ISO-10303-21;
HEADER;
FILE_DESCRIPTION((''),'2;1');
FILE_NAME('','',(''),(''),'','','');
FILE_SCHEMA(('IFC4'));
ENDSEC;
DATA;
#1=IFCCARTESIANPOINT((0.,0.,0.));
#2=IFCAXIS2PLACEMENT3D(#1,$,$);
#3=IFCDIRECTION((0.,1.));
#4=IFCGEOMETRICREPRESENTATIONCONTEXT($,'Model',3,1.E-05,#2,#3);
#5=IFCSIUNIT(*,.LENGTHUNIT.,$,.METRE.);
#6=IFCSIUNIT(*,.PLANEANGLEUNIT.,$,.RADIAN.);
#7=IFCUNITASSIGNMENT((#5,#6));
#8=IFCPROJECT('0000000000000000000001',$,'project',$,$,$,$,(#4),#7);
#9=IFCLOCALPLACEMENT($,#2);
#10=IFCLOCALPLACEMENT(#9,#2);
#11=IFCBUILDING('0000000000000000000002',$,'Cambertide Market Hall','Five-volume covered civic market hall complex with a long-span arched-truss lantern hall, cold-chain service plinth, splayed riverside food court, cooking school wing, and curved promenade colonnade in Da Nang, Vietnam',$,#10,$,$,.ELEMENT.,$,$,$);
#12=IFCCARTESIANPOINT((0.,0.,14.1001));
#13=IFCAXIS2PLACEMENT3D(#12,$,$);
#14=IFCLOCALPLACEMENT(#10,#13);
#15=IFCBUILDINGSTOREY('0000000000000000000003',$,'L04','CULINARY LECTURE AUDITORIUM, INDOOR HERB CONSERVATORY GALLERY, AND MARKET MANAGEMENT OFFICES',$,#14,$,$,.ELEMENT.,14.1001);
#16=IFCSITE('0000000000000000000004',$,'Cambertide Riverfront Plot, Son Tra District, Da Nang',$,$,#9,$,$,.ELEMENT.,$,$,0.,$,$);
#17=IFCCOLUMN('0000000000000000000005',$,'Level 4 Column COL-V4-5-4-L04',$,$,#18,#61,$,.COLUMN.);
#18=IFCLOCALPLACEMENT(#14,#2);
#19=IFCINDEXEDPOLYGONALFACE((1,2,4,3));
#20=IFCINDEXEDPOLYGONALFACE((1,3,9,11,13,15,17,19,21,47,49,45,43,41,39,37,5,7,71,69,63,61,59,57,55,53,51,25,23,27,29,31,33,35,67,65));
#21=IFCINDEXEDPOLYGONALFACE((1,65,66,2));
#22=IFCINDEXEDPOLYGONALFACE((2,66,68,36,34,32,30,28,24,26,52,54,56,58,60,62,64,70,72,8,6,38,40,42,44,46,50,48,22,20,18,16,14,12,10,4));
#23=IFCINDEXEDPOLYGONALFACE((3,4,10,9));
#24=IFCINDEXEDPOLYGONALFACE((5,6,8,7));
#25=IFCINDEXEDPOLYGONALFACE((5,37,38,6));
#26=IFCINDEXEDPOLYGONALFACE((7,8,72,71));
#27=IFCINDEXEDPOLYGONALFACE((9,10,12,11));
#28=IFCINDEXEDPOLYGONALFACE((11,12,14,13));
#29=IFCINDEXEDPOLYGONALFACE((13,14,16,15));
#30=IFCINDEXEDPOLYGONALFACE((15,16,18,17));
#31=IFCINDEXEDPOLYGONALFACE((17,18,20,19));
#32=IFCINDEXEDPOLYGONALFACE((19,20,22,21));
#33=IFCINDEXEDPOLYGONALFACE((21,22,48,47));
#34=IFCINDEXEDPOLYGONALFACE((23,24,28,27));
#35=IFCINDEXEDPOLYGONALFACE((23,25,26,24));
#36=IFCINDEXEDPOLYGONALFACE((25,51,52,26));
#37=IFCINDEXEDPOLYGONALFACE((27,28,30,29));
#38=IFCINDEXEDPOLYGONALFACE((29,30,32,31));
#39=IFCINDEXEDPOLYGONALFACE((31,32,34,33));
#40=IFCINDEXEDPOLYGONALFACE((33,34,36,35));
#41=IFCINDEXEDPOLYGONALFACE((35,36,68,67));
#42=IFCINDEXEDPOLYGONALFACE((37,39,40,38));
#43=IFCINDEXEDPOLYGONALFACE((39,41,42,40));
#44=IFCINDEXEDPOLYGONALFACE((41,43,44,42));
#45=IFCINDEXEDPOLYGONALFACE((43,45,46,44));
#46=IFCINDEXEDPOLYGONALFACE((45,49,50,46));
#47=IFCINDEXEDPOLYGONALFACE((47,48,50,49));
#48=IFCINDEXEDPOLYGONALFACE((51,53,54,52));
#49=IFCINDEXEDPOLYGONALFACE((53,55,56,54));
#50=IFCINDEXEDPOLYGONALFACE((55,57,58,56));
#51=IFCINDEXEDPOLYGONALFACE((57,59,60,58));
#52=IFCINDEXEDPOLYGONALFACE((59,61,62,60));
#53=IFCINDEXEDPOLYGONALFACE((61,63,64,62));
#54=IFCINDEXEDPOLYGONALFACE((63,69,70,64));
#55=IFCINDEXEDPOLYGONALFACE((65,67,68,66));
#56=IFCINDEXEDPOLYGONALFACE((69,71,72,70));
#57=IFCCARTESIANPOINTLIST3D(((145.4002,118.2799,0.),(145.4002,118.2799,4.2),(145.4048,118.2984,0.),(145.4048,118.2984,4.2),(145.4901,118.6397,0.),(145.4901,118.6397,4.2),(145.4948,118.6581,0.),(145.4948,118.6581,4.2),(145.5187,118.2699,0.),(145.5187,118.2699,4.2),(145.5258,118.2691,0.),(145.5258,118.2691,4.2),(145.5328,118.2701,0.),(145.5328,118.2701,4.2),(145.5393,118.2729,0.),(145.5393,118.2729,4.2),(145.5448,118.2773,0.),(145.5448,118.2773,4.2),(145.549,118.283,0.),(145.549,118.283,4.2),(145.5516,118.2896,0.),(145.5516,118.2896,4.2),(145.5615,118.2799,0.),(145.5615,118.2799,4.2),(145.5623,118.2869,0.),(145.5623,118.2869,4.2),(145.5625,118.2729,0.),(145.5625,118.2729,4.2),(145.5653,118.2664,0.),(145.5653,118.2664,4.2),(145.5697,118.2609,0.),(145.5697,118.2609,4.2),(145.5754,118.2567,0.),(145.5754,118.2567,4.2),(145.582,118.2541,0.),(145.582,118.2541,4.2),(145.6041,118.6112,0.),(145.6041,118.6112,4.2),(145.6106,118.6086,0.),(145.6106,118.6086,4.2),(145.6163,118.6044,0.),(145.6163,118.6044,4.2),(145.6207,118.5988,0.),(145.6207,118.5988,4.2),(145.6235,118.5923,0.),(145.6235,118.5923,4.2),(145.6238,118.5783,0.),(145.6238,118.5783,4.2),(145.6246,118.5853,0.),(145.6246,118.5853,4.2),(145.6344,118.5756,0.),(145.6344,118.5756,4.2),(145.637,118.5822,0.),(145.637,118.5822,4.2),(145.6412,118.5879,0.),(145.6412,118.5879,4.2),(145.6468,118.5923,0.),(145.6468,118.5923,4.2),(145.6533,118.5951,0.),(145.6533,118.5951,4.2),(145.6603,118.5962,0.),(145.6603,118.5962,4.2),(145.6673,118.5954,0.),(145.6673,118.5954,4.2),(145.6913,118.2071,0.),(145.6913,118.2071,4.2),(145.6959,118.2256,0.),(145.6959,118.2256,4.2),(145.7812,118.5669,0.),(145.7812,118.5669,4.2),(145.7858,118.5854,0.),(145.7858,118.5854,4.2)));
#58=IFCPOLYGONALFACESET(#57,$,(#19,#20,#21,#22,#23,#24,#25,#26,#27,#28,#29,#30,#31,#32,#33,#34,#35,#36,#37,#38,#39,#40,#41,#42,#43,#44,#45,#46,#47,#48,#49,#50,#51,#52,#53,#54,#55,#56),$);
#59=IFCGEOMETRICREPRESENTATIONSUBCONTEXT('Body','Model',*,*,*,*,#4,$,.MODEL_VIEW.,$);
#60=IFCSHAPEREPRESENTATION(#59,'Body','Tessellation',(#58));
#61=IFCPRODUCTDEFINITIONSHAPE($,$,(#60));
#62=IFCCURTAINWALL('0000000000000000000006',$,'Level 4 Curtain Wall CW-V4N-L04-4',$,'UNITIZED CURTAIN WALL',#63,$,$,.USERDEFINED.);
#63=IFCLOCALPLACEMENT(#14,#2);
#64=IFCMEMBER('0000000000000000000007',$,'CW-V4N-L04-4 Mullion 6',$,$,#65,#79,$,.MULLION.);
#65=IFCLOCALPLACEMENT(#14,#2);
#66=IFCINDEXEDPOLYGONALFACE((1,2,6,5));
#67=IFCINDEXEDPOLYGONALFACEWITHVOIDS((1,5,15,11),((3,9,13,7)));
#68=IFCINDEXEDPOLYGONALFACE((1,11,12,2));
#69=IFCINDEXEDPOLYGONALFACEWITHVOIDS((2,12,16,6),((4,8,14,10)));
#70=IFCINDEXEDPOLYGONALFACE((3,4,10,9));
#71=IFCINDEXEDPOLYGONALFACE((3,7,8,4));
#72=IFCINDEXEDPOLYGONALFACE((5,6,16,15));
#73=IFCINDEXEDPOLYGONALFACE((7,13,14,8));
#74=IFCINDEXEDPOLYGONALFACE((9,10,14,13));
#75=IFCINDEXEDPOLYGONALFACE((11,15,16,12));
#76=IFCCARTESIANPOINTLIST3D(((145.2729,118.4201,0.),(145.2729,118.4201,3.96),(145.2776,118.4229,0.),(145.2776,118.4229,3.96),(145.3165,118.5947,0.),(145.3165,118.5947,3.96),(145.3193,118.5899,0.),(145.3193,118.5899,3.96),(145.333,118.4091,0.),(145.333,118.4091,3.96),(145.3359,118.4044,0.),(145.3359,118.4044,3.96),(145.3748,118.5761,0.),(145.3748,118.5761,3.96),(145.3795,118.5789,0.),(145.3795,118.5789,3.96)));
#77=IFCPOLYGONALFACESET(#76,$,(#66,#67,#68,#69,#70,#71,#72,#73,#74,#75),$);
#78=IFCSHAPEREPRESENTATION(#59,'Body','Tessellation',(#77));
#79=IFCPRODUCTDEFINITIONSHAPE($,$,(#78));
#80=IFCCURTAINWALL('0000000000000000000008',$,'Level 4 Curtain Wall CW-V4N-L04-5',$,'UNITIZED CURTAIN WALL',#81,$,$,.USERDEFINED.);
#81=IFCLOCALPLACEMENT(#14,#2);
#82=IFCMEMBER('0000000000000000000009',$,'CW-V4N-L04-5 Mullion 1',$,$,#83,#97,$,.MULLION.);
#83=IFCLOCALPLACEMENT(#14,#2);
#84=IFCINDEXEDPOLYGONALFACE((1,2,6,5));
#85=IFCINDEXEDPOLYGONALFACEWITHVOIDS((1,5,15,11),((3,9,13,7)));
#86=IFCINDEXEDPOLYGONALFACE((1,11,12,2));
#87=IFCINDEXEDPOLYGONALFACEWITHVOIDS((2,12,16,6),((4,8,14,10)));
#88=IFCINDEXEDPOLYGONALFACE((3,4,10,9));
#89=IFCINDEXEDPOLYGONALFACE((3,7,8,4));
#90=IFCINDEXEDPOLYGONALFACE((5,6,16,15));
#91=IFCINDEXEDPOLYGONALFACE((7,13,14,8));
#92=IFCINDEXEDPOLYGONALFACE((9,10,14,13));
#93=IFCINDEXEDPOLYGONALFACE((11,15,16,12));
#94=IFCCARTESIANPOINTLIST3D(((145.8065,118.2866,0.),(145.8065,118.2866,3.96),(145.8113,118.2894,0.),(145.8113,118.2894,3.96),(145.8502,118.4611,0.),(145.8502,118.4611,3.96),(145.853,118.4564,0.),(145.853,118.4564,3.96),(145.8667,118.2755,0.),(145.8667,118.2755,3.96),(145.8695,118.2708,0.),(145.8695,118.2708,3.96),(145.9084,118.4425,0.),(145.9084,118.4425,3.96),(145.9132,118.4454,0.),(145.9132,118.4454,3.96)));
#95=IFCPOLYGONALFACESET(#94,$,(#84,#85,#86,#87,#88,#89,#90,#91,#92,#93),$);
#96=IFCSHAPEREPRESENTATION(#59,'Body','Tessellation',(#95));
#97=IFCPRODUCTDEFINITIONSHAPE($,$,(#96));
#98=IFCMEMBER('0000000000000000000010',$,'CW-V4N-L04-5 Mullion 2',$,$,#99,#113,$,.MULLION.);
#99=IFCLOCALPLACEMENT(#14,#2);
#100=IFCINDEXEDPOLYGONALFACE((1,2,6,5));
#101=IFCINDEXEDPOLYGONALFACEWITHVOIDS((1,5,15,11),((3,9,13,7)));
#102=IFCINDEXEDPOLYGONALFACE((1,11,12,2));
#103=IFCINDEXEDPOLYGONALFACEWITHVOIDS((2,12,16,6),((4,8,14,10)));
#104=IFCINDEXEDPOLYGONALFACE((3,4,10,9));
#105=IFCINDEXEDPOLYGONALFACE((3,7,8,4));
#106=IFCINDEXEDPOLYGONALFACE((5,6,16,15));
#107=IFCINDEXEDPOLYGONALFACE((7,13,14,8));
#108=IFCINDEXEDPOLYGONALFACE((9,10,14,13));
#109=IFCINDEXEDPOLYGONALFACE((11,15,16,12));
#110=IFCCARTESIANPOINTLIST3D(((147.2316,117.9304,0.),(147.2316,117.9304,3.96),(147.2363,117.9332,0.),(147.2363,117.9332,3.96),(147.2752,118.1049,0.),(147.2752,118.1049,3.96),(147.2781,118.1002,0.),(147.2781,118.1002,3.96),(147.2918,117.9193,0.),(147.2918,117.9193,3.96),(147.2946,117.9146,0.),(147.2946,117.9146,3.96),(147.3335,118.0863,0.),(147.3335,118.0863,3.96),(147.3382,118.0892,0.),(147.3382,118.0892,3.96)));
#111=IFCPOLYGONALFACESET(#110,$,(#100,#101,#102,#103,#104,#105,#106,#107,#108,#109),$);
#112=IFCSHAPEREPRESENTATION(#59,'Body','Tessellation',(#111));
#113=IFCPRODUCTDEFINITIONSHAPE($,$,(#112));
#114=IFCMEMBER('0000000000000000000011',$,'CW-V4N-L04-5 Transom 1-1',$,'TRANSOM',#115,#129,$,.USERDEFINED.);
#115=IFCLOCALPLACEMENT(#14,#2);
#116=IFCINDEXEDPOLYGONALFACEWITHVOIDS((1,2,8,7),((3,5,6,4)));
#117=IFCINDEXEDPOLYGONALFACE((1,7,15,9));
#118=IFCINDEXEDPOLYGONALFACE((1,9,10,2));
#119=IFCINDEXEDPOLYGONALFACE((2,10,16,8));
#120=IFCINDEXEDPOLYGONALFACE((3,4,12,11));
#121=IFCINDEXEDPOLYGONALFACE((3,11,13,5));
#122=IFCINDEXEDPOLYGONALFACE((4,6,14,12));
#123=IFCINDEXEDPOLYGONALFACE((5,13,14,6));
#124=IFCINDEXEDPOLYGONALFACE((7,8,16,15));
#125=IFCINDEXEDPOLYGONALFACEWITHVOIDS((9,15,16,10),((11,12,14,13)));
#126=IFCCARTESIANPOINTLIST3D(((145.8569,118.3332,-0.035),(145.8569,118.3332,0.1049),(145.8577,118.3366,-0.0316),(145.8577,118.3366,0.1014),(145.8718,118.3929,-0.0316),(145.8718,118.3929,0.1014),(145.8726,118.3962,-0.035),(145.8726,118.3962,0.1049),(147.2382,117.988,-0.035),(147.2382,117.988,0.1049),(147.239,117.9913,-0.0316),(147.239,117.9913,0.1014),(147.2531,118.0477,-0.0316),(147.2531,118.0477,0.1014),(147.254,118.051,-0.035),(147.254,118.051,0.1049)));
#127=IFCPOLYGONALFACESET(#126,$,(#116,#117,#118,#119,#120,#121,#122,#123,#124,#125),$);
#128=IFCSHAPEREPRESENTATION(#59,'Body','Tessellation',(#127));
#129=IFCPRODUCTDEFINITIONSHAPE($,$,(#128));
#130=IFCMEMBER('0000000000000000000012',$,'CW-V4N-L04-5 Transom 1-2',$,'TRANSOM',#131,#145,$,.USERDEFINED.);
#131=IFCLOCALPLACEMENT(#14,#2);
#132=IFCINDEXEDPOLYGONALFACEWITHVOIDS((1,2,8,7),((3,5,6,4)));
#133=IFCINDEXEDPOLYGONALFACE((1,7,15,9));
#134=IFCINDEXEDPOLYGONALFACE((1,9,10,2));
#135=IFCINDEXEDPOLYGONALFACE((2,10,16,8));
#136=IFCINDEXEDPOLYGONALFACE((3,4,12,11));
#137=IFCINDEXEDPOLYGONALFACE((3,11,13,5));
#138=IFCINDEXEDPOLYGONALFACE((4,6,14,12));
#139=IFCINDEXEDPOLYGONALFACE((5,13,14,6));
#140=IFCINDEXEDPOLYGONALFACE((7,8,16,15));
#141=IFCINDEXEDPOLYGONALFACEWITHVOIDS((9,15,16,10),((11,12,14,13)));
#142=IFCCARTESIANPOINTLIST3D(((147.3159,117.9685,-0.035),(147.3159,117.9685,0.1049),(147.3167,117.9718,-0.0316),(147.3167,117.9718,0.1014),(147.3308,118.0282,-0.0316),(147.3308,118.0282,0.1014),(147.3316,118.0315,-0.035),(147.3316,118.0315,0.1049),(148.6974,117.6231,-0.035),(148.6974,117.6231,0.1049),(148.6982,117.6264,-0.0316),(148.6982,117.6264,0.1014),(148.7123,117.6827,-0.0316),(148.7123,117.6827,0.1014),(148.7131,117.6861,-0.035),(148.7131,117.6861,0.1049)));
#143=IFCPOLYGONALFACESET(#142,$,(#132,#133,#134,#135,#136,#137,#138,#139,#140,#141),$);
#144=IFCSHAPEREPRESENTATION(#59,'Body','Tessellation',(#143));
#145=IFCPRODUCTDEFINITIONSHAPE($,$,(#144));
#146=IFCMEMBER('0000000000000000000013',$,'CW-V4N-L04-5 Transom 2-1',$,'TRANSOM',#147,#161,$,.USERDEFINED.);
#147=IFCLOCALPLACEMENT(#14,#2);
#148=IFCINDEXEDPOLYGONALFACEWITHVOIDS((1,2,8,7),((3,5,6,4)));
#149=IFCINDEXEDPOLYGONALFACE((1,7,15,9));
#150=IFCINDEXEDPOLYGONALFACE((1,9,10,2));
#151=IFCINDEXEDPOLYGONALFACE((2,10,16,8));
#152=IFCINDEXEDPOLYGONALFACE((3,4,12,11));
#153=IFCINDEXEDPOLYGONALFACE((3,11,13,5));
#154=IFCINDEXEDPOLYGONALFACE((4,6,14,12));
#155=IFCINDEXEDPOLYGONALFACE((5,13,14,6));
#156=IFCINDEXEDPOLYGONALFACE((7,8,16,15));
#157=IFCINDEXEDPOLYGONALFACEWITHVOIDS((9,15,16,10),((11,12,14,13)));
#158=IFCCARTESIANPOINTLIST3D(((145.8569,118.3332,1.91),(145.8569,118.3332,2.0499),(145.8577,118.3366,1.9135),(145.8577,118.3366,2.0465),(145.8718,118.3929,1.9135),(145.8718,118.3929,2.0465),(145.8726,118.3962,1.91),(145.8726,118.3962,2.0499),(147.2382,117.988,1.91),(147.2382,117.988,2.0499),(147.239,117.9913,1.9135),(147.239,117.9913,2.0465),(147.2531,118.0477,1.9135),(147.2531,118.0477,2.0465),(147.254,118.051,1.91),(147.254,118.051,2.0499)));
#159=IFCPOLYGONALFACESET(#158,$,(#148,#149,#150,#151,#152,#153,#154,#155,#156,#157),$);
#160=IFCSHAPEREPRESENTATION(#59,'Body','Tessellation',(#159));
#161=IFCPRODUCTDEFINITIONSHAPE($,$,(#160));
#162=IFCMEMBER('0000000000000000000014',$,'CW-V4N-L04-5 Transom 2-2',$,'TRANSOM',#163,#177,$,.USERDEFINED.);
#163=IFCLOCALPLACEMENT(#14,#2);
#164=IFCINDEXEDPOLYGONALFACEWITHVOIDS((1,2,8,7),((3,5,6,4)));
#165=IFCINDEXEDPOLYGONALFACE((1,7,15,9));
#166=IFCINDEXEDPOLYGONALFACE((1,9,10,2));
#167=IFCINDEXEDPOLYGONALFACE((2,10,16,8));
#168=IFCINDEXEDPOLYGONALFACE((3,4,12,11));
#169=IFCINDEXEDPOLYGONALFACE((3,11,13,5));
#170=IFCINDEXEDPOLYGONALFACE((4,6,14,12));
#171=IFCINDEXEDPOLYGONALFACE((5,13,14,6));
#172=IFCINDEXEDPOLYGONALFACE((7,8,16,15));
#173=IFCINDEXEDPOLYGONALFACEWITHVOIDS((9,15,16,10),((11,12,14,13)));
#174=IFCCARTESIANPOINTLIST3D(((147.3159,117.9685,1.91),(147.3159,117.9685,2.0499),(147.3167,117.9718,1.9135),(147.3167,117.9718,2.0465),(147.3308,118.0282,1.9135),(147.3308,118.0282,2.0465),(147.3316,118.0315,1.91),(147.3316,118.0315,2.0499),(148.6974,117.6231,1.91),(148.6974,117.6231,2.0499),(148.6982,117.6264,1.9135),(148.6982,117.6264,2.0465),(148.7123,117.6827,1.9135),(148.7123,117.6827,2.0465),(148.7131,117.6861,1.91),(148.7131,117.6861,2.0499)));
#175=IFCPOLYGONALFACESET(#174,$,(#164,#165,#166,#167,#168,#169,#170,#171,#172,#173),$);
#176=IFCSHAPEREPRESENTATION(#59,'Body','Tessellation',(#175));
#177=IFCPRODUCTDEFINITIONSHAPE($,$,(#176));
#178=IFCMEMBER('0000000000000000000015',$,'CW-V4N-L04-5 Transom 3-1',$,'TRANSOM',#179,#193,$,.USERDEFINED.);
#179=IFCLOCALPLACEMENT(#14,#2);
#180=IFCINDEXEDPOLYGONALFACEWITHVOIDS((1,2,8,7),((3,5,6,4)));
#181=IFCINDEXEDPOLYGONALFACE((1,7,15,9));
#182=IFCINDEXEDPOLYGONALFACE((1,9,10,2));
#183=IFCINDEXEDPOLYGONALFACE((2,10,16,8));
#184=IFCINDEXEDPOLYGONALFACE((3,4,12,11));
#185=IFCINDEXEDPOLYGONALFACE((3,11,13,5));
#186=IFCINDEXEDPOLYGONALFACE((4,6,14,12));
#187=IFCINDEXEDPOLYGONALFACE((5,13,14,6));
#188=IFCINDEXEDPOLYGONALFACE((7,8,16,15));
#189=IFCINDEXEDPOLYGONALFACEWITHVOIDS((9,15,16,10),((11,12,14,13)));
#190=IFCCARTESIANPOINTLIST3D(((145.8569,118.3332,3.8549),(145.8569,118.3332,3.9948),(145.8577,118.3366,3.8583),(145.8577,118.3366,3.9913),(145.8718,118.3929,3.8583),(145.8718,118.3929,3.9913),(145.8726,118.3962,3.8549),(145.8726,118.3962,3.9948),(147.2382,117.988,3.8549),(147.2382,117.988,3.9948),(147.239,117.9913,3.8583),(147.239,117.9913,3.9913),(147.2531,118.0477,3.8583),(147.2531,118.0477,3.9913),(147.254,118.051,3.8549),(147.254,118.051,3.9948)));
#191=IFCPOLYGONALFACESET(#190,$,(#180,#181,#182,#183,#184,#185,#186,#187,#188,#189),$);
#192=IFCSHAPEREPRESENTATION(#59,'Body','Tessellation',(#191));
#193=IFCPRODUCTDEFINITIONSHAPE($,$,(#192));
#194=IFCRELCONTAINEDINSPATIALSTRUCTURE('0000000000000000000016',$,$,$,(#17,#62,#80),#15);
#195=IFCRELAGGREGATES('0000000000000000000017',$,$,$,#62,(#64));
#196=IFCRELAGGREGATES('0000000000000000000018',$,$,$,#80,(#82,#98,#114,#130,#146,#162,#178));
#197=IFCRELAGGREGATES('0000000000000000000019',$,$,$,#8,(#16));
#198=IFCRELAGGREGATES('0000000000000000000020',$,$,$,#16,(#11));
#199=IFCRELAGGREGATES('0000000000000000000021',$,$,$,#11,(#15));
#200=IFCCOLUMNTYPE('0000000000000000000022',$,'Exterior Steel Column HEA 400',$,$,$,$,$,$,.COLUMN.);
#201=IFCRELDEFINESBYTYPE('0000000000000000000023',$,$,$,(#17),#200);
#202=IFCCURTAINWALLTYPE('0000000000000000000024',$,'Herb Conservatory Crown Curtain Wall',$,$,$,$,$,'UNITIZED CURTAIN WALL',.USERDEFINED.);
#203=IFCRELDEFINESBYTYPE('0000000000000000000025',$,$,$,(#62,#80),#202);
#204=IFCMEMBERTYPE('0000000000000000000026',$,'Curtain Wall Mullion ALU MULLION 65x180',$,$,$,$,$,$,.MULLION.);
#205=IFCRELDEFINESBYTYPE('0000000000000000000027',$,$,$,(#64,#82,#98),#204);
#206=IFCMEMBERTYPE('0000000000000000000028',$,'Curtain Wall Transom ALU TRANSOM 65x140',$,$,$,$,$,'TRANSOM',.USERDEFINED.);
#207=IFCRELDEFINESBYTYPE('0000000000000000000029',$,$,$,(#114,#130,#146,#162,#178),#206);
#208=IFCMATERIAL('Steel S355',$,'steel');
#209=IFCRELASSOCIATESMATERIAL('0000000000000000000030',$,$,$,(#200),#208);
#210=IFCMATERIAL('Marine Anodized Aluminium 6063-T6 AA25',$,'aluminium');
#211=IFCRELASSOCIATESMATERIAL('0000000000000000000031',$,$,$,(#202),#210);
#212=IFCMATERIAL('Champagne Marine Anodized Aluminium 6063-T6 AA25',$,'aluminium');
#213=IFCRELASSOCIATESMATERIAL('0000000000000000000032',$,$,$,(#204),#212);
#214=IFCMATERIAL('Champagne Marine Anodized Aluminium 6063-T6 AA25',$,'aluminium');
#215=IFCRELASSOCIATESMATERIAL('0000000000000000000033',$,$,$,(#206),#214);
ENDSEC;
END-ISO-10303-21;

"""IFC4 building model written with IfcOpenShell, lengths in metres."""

from ifc_helpers import new_model, si_unit, direction, frame, origin, origin_2d, place, context, subcontext, project, spatial, hollow_rectangle, i_section, extrude, material, material_profile, profile_set, type_object, element, aggregate, save


model = new_model("IFC4")

# Units and contexts
model_context = context("Model", 3, precision=1e-05, world=origin(), true_north=direction((0.0, 1.0)))
body_context = subcontext(model_context, "Body", "Model", "MODEL_VIEW")
ifc_project = project(units=[si_unit("LENGTHUNIT", "METRE"), si_unit("PLANEANGLEUNIT", "RADIAN")], contexts=[model_context])

# Site, building, storey
site_placement = place(None, origin())
site = spatial("IfcSite", under=ifc_project, at=site_placement, Name="Cambertide Riverfront Plot, Son Tra District, Da Nang", CompositionType="ELEMENT", RefElevation=0.0)
building_placement = place(site_placement, origin())
building = spatial("IfcBuilding", under=site, at=building_placement, Name="Cambertide Market Hall", Description="Five-volume covered civic market hall complex with a long-span arched-truss lantern hall, cold-chain service plinth, splayed riverside food court, cooking school wing, and curved promenade colonnade in Da Nang, Vietnam", CompositionType="ELEMENT")
storey_placement = place(building_placement, frame((0.0, 0.0, 14.1001)))
storey = spatial("IfcBuildingStorey", under=building, at=storey_placement, Name="L04", Description="CULINARY LECTURE AUDITORIUM, INDOOR HERB CONSERVATORY GALLERY, AND MARKET MANAGEMENT OFFICES", CompositionType="ELEMENT", Elevation=14.1001)

# Column
ifc_material_1 = material(Name="Steel S355", Category="steel")
ifc_material_profile_1 = material_profile(ifc_material_1, i_section(OverallWidth=0.3, OverallDepth=0.3899, WebThickness=0.011, FlangeThickness=0.019, FilletRadius=0.0271, at=origin_2d()), Name="HEA 400")
ifc_profile_set_1 = profile_set([ifc_material_profile_1], Name="Steel S355")
column_type = type_object("IfcColumnType", Name="Exterior Steel Column HEA 400", PredefinedType="COLUMN", material=ifc_profile_set_1)
column_placement = place(storey_placement, frame((145.593, 118.4326, 0.0), z_axis=(0.0, 0.0, 1.0), x_axis=(0.970143, -0.242536, 0.0)))
element("IfcColumn", 1, at=column_placement, inside=storey, type_object=column_type, Name="Level 4 Column COL-V4-5-4-L04", PredefinedType="COLUMN", context=body_context, shape_type="SweptSolid", body=[
    extrude(i_section(OverallWidth=0.3, OverallDepth=0.3899, WebThickness=0.011, FlangeThickness=0.019, FilletRadius=0.0271, at=origin_2d()), origin(), (0.0, 0.0, 1.0), 4.2),
])

# Curtain wall, member
ifc_material_2 = material(Name="Marine Anodized Aluminium 6063-T6 AA25", Category="aluminium")
curtain_wall_type = type_object("IfcCurtainWallType", Name="Herb Conservatory Crown Curtain Wall", ElementType="UNITIZED CURTAIN WALL", PredefinedType="USERDEFINED", material=ifc_material_2)
curtain_wall_1_placement = place(storey_placement, origin())
curtain_wall_1 = element("IfcCurtainWall", 2, at=curtain_wall_1_placement, inside=storey, type_object=curtain_wall_type, Name="Level 4 Curtain Wall CW-V4N-L04-4", ObjectType="UNITIZED CURTAIN WALL", PredefinedType="USERDEFINED")
ifc_material_3 = material(Name="Champagne Marine Anodized Aluminium 6063-T6 AA25", Category="aluminium")
ifc_material_profile_2 = material_profile(ifc_material_3, hollow_rectangle(XDim=0.0649, YDim=0.1799, WallThickness=0.0039, at=origin_2d()), Name="ALU MULLION 65x180")
ifc_profile_set_2 = profile_set([ifc_material_profile_2], Name="Champagne Marine Anodized Aluminium 6063-T6 AA25")
member_type_1 = type_object("IfcMemberType", Name="Curtain Wall Mullion ALU MULLION 65x180", PredefinedType="MULLION", material=ifc_profile_set_2)
member_1_placement = place(storey_placement, frame((145.3262, 118.4995, 0.0), z_axis=(0.0, 0.0, 1.0), x_axis=(0.970143, -0.242536, 0.0)))
member_1 = element("IfcMember", 3, at=member_1_placement, type_object=member_type_1, Name="CW-V4N-L04-4 Mullion 6", PredefinedType="MULLION", context=body_context, shape_type="SweptSolid", body=[
    extrude(hollow_rectangle(XDim=0.0649, YDim=0.1799, WallThickness=0.0039, at=origin_2d()), origin(), (0.0, 0.0, 1.0), 3.96),
])
aggregate(curtain_wall_1, [member_1])

# Curtain wall, members
curtain_wall_2_placement = place(storey_placement, origin())
curtain_wall_2 = element("IfcCurtainWall", 4, at=curtain_wall_2_placement, inside=storey, type_object=curtain_wall_type, Name="Level 4 Curtain Wall CW-V4N-L04-5", ObjectType="UNITIZED CURTAIN WALL", PredefinedType="USERDEFINED")
member_2_placement = place(storey_placement, frame((145.8599, 118.366, 0.0), z_axis=(0.0, 0.0, 1.0), x_axis=(0.970143, -0.242536, 0.0)))
member_2 = element("IfcMember", 5, at=member_2_placement, type_object=member_type_1, Name="CW-V4N-L04-5 Mullion 1", PredefinedType="MULLION", context=body_context, shape_type="SweptSolid", body=[
    extrude(hollow_rectangle(XDim=0.0649, YDim=0.1799, WallThickness=0.0039, at=origin_2d()), origin(), (0.0, 0.0, 1.0), 3.96),
])
member_3_placement = place(storey_placement, frame((147.2849, 118.0098, 0.0), z_axis=(0.0, 0.0, 1.0), x_axis=(0.970143, -0.242536, 0.0)))
member_3 = element("IfcMember", 6, at=member_3_placement, type_object=member_type_1, Name="CW-V4N-L04-5 Mullion 2", PredefinedType="MULLION", context=body_context, shape_type="SweptSolid", body=[
    extrude(hollow_rectangle(XDim=0.0649, YDim=0.1799, WallThickness=0.0039, at=origin_2d()), origin(), (0.0, 0.0, 1.0), 3.96),
])
ifc_material_4 = material(Name="Champagne Marine Anodized Aluminium 6063-T6 AA25", Category="aluminium")
ifc_material_profile_3 = material_profile(ifc_material_4, hollow_rectangle(XDim=0.0649, YDim=0.1399, WallThickness=0.0034, at=origin_2d()), Name="ALU TRANSOM 65x140")
ifc_profile_set_3 = profile_set([ifc_material_profile_3], Name="Champagne Marine Anodized Aluminium 6063-T6 AA25")
member_type_2 = type_object("IfcMemberType", Name="Curtain Wall Transom ALU TRANSOM 65x140", ElementType="TRANSOM", PredefinedType="USERDEFINED", material=ifc_profile_set_3)
member_4_placement = place(storey_placement, frame((145.8647, 118.3647, 0.0349), z_axis=(0.970163, -0.242455, 0.0), x_axis=(0.242455, 0.970163, 0.0)))
member_4 = element("IfcMember", 7, at=member_4_placement, type_object=member_type_2, Name="CW-V4N-L04-5 Transom 1-1", ObjectType="TRANSOM", PredefinedType="USERDEFINED", context=body_context, shape_type="SweptSolid", body=[
    extrude(hollow_rectangle(XDim=0.0649, YDim=0.1399, WallThickness=0.0034, at=origin_2d()), origin(), (0.0, 0.0, 1.0), 1.4238),
])
member_5_placement = place(storey_placement, frame((147.3237, 118.0, 0.0349), z_axis=(0.970132, -0.242576, 0.0), x_axis=(0.242576, 0.970132, 0.0)))
member_5 = element("IfcMember", 8, at=member_5_placement, type_object=member_type_2, Name="CW-V4N-L04-5 Transom 1-2", ObjectType="TRANSOM", PredefinedType="USERDEFINED", context=body_context, shape_type="SweptSolid", body=[
    extrude(hollow_rectangle(XDim=0.0649, YDim=0.1399, WallThickness=0.0034, at=origin_2d()), origin(), (0.0, 0.0, 1.0), 1.4241),
])
member_6_placement = place(storey_placement, frame((145.8647, 118.3647, 1.98), z_axis=(0.970163, -0.242455, 0.0), x_axis=(0.242455, 0.970163, 0.0)))
member_6 = element("IfcMember", 9, at=member_6_placement, type_object=member_type_2, Name="CW-V4N-L04-5 Transom 2-1", ObjectType="TRANSOM", PredefinedType="USERDEFINED", context=body_context, shape_type="SweptSolid", body=[
    extrude(hollow_rectangle(XDim=0.0649, YDim=0.1399, WallThickness=0.0034, at=origin_2d()), origin(), (0.0, 0.0, 1.0), 1.4238),
])
member_7_placement = place(storey_placement, frame((147.3237, 118.0, 1.98), z_axis=(0.970132, -0.242576, 0.0), x_axis=(0.242576, 0.970132, 0.0)))
member_7 = element("IfcMember", 10, at=member_7_placement, type_object=member_type_2, Name="CW-V4N-L04-5 Transom 2-2", ObjectType="TRANSOM", PredefinedType="USERDEFINED", context=body_context, shape_type="SweptSolid", body=[
    extrude(hollow_rectangle(XDim=0.0649, YDim=0.1399, WallThickness=0.0034, at=origin_2d()), origin(), (0.0, 0.0, 1.0), 1.4241),
])
member_8_placement = place(storey_placement, frame((145.8647, 118.3647, 3.9248), z_axis=(0.970163, -0.242455, 0.0), x_axis=(0.242455, 0.970163, 0.0)))
member_8 = element("IfcMember", 11, at=member_8_placement, type_object=member_type_2, Name="CW-V4N-L04-5 Transom 3-1", ObjectType="TRANSOM", PredefinedType="USERDEFINED", context=body_context, shape_type="SweptSolid", body=[
    extrude(hollow_rectangle(XDim=0.0649, YDim=0.1399, WallThickness=0.0034, at=origin_2d()), origin(), (0.0, 0.0, 1.0), 1.4238),
])

aggregate(curtain_wall_2, [member_2, member_3, member_4, member_5, member_6, member_7, member_8])

save(model, "model.ifc")
